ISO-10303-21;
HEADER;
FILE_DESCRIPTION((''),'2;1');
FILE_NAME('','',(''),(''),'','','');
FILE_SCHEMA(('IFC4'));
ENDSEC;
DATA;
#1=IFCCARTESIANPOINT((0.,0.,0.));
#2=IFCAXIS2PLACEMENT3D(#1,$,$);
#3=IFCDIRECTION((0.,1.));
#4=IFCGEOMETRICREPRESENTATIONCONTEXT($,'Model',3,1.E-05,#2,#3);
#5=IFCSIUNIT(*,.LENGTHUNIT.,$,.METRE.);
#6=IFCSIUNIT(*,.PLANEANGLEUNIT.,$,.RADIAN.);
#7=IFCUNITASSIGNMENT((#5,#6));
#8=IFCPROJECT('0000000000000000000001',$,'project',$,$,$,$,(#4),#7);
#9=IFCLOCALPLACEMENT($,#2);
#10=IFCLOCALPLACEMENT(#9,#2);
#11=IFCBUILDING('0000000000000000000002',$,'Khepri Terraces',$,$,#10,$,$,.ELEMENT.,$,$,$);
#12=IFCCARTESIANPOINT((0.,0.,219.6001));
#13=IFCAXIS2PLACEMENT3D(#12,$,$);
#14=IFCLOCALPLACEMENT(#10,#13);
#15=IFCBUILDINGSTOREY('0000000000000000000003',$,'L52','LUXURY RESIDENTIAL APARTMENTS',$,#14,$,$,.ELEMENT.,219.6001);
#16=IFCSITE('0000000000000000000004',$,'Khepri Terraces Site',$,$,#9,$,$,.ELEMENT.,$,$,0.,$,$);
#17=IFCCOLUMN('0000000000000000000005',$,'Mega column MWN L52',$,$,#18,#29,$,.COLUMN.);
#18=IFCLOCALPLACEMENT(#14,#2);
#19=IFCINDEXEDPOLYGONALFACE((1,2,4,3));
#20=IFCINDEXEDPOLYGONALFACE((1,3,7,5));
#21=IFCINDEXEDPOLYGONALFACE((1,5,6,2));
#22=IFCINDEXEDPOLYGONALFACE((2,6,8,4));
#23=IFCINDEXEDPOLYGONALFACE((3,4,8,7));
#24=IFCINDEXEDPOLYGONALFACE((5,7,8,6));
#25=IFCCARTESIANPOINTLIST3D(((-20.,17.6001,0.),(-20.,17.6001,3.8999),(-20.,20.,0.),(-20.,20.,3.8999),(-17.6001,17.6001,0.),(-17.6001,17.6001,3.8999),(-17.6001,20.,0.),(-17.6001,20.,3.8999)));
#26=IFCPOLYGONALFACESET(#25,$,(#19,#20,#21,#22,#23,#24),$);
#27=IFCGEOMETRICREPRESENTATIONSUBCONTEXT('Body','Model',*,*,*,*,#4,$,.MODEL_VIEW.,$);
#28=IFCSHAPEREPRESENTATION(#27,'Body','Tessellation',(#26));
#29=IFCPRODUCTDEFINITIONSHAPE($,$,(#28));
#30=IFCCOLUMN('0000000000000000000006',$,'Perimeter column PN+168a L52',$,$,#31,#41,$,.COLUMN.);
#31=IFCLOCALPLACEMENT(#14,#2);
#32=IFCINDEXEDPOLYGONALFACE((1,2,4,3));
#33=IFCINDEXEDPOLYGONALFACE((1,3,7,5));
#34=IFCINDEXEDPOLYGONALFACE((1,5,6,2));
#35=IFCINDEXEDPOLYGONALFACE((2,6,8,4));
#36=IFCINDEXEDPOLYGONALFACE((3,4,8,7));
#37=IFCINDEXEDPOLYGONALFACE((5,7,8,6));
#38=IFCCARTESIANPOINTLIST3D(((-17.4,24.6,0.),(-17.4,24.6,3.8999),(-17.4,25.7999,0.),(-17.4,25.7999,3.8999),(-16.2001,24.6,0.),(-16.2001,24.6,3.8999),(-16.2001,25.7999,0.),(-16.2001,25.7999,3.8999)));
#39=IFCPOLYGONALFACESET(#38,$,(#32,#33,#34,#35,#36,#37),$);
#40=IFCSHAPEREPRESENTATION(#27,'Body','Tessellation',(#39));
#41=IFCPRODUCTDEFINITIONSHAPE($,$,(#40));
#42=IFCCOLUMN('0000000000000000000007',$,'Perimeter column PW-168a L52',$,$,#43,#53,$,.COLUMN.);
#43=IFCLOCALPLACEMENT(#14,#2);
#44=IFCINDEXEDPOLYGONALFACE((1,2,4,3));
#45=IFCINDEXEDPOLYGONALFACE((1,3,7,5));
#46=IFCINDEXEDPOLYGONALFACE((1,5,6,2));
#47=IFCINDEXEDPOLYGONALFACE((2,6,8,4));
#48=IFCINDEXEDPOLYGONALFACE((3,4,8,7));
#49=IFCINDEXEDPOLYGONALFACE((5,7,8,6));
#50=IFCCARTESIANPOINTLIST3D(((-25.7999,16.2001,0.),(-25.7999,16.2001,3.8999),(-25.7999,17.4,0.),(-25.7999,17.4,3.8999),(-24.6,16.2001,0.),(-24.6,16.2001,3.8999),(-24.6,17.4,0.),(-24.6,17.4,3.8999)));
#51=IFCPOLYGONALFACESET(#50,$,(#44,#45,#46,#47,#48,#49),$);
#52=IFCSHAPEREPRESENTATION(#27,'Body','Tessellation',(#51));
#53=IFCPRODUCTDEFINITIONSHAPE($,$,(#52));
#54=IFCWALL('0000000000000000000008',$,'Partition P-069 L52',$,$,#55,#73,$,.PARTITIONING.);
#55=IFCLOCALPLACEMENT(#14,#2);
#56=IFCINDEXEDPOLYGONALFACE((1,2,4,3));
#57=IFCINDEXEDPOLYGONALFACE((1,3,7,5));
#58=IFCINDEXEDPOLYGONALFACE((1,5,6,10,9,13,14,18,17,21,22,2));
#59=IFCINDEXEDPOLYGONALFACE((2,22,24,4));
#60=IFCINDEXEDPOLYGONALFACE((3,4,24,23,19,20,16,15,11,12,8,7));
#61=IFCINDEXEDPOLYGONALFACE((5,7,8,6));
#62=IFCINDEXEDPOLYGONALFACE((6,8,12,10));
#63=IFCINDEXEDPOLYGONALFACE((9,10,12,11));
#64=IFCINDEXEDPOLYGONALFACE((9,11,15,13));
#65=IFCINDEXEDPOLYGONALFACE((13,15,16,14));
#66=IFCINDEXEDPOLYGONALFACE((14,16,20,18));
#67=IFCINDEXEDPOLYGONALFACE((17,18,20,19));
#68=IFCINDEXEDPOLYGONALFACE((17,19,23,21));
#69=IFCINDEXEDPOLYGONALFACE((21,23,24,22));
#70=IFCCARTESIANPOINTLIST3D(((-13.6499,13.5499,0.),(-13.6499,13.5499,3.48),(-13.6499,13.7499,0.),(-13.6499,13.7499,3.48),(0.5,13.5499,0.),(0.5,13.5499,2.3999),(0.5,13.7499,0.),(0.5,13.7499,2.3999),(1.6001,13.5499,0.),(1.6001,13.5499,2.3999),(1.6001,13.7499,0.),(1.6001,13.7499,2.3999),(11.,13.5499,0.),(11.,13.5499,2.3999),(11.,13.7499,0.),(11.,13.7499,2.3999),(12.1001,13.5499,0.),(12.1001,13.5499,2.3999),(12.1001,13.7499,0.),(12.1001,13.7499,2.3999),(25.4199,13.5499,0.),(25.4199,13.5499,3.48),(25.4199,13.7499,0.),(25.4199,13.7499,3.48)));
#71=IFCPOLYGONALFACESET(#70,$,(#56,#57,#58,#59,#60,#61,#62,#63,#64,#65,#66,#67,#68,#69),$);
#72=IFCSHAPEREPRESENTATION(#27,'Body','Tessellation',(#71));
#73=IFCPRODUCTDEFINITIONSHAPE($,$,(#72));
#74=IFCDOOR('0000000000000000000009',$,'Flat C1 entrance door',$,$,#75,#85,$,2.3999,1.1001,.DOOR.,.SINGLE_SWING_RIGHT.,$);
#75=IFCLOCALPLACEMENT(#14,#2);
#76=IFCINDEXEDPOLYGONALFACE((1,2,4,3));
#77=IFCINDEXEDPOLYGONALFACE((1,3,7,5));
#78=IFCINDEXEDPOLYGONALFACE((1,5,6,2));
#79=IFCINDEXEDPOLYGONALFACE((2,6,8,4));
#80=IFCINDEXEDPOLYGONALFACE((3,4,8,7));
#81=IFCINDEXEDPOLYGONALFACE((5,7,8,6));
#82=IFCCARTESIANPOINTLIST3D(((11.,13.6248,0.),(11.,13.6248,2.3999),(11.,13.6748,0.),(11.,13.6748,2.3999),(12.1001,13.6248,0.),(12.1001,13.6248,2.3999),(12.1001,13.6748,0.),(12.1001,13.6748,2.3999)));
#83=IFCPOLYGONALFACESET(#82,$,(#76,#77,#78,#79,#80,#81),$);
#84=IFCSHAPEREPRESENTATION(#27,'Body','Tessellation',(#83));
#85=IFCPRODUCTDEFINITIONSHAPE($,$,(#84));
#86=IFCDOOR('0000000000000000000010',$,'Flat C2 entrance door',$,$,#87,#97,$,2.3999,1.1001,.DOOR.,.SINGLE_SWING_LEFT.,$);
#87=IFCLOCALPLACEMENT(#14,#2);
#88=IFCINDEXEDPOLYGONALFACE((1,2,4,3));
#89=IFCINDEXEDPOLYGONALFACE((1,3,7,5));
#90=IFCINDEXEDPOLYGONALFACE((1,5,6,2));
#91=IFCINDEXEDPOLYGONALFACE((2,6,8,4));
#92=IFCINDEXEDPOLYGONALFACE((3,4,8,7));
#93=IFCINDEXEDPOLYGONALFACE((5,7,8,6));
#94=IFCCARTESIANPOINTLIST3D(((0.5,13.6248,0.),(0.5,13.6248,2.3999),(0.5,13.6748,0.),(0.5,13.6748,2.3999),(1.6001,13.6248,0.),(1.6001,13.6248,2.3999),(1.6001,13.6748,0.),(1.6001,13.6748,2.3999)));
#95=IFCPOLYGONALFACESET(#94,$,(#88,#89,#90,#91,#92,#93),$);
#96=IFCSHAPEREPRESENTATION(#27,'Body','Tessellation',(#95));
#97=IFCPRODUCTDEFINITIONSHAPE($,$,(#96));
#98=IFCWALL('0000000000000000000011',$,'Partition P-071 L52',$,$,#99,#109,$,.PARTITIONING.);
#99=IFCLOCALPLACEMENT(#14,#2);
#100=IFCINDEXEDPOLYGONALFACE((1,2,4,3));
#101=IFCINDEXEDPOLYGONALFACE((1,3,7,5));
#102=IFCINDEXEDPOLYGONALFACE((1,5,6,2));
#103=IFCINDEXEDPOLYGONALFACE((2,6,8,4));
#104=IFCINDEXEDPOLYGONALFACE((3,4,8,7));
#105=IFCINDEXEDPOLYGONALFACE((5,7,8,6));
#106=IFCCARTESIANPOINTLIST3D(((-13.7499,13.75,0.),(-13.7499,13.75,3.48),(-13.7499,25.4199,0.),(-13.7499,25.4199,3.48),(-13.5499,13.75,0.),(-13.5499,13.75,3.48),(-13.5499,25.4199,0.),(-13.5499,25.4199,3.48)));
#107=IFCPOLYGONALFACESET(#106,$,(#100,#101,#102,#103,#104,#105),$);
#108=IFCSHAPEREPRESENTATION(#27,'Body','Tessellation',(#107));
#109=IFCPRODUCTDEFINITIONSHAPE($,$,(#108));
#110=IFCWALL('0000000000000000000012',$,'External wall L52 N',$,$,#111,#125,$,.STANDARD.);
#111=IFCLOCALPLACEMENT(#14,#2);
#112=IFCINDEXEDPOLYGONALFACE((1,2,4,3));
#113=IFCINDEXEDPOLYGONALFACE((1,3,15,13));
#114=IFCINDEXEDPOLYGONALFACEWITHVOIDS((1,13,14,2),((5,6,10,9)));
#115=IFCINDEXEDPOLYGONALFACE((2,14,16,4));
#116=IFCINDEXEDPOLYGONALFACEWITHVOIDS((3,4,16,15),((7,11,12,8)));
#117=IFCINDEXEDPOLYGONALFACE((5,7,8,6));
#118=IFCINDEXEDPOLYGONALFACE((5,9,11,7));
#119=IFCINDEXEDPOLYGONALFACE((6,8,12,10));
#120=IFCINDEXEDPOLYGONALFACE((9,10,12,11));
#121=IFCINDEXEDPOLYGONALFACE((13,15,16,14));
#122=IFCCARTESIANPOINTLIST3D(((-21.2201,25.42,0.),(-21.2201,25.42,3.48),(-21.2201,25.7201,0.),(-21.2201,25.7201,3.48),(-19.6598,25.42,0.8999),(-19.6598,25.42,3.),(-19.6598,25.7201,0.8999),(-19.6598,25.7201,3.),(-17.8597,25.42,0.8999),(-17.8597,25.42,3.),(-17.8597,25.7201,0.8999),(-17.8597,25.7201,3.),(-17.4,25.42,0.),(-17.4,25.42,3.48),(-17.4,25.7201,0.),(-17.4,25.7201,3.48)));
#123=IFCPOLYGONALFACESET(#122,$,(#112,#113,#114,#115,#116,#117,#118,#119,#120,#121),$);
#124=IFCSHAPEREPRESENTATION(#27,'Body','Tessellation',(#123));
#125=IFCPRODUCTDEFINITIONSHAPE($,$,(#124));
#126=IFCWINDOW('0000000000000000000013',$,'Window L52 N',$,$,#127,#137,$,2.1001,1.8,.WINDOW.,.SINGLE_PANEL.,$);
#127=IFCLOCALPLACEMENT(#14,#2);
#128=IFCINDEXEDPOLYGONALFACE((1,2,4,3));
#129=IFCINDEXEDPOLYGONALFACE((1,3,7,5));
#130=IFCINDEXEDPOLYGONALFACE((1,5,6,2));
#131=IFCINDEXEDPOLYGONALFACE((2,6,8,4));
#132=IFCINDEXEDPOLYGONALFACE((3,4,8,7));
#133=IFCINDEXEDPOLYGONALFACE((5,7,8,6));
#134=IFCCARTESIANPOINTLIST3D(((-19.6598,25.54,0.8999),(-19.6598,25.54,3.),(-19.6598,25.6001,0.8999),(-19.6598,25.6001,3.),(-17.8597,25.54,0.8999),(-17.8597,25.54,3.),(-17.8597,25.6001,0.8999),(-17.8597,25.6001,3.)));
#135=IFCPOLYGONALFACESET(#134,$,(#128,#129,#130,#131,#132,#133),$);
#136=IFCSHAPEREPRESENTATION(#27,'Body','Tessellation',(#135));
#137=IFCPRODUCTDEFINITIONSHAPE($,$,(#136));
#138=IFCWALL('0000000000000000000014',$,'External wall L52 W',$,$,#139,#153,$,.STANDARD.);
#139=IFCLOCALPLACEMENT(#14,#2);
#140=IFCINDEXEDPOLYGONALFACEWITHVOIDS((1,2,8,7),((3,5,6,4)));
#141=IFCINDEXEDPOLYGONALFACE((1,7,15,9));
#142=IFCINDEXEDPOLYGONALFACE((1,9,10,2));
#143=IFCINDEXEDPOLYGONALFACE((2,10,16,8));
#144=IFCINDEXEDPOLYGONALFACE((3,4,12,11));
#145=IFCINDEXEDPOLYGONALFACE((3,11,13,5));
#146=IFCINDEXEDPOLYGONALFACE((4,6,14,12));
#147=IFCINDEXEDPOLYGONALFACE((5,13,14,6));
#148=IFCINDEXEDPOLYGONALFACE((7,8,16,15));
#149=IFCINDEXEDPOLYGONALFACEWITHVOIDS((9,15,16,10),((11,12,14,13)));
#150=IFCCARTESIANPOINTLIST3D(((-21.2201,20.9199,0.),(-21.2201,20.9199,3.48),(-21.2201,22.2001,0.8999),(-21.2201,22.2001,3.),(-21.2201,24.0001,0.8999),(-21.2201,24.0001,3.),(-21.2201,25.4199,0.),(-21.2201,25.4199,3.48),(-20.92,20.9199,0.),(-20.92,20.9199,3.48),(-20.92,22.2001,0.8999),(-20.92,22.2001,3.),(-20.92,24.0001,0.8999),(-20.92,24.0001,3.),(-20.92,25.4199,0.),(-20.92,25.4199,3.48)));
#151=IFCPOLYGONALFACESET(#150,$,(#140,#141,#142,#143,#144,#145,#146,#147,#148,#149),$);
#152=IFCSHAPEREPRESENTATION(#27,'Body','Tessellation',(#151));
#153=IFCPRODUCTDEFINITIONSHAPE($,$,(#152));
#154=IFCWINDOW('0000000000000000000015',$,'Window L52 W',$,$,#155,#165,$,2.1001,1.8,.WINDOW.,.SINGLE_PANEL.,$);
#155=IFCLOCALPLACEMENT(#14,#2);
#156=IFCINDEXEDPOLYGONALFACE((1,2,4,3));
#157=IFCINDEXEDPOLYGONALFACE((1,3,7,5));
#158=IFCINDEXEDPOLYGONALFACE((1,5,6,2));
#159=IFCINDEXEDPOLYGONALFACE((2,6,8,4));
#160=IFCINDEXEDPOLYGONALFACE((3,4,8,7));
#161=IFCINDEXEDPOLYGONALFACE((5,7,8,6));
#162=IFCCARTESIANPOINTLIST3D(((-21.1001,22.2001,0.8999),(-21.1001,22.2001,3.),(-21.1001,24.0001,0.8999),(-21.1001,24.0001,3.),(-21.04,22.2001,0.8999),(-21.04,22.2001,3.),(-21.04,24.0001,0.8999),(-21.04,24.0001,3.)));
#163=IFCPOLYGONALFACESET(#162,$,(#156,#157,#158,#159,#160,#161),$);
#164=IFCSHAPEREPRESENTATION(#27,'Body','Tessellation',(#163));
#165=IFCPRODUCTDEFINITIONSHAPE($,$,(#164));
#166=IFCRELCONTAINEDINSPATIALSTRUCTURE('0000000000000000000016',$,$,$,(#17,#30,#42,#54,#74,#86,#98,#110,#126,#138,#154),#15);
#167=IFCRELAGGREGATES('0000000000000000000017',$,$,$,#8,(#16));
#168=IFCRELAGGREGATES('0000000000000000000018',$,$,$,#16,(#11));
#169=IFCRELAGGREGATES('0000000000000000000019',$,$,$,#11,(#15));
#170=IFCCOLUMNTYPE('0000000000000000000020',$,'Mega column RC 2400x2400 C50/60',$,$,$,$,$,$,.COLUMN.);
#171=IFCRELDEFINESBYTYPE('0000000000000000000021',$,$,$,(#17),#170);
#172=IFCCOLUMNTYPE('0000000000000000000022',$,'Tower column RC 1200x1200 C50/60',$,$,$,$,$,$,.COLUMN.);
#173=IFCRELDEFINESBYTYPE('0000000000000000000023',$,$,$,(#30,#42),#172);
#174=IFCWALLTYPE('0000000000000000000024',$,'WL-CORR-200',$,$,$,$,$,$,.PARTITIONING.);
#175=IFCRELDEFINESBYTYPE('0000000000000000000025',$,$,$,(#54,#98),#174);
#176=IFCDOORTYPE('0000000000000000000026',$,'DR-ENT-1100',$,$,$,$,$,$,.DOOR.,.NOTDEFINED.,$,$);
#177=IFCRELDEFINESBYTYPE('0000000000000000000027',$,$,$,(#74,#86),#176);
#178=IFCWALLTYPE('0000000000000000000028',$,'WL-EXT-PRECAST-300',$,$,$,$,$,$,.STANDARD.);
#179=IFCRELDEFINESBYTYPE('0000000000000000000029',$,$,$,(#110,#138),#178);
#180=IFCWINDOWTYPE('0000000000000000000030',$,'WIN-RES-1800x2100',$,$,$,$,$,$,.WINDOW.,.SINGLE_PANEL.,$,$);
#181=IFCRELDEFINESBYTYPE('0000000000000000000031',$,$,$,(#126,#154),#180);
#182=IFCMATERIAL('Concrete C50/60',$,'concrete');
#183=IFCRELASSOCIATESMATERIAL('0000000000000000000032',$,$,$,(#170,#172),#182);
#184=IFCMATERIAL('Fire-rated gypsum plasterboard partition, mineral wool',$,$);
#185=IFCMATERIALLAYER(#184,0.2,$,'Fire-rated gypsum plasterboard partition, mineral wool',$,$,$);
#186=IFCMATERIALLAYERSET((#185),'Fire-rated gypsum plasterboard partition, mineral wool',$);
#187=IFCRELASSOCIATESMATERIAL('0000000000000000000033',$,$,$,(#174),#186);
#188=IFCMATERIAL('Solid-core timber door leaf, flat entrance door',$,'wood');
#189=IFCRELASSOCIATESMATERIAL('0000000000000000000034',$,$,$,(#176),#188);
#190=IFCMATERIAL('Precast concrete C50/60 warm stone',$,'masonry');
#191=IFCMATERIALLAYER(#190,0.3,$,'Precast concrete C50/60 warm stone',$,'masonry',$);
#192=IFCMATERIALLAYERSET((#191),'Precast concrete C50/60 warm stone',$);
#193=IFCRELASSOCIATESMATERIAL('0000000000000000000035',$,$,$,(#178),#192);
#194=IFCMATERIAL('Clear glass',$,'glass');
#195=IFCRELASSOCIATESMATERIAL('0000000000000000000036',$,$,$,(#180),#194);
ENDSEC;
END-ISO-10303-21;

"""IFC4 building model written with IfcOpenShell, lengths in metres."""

from ifc_helpers import new_model, si_unit, direction, frame, frame_2d, origin, origin_2d, place, context, subcontext, project, spatial, rectangle, extrude, material, layer, layer_set, material_profile, profile_set, type_object, element, fill, save


model = new_model("IFC4")

# Units and contexts
model_context = context("Model", 3, precision=1e-05, world=origin(), true_north=direction((0.0, 1.0)))
body_context = subcontext(model_context, "Body", "Model", "MODEL_VIEW")
ifc_project = project(units=[si_unit("LENGTHUNIT", "METRE"), si_unit("PLANEANGLEUNIT", "RADIAN")], contexts=[model_context])

# Site, building, storey
site_placement = place(None, origin())
site = spatial("IfcSite", under=ifc_project, at=site_placement, Name="Khepri Terraces Site", CompositionType="ELEMENT", RefElevation=0.0)
building_placement = place(site_placement, origin())
building = spatial("IfcBuilding", under=site, at=building_placement, Name="Khepri Terraces", CompositionType="ELEMENT")
storey_placement = place(building_placement, frame((0.0, 0.0, 219.6001)))
storey = spatial("IfcBuildingStorey", under=building, at=storey_placement, Name="L52", Description="LUXURY RESIDENTIAL APARTMENTS", CompositionType="ELEMENT", Elevation=219.6001)

# Columns
ifc_material_1 = material(Name="Concrete C50/60", Category="concrete")
ifc_material_profile_1 = material_profile(ifc_material_1, rectangle(XDim=2.3999, YDim=2.3999, at=origin_2d()), Name="Concrete C50/60", Category="concrete")
ifc_profile_set_1 = profile_set([ifc_material_profile_1], Name="Concrete C50/60")
column_type_1 = type_object("IfcColumnType", Name="Mega column RC 2400x2400 C50/60", PredefinedType="COLUMN", material=ifc_profile_set_1)
column_placement = place(storey_placement, frame((-18.8, 18.8, 0.0), z_axis=(0.0, 0.0, 1.0), x_axis=(1.0, 0.0, 0.0)))
element("IfcColumn", 1, at=column_placement, inside=storey, type_object=column_type_1, Name="Mega column MWN L52", PredefinedType="COLUMN", context=body_context, shape_type="SweptSolid", body=[
    extrude(rectangle(XDim=2.3999, YDim=2.3999, at=origin_2d()), origin(), (0.0, 0.0, 1.0), 3.8999),
])
ifc_material_profile_2 = material_profile(ifc_material_1, rectangle(XDim=1.2, YDim=1.2, at=origin_2d()), Name="Concrete C50/60", Category="concrete")
ifc_profile_set_2 = profile_set([ifc_material_profile_2], Name="Concrete C50/60")
column_type_2 = type_object("IfcColumnType", Name="Tower column RC 1200x1200 C50/60", PredefinedType="COLUMN", material=ifc_profile_set_2)
for number, where, z_axis, x_axis, name in (
    (2, (-16.8, 25.2, 0.0), (0.0, 0.0, 1.0), (1.0, 0.0, 0.0), "Perimeter column PN+168a L52"),
    (3, (-25.2, 16.8, 0.0), (0.0, 0.0, 1.0), (1.0, 0.0, 0.0), "Perimeter column PW-168a L52"),
):
    element("IfcColumn", number, at=place(storey_placement, frame(where, z_axis=z_axis, x_axis=x_axis)), inside=storey, type_object=column_type_2, Name=name, PredefinedType="COLUMN", context=body_context, shape_type="SweptSolid", body=[
        extrude(rectangle(XDim=1.2, YDim=1.2, at=origin_2d()), origin(), (0.0, 0.0, 1.0), 3.8999),
    ])

# Wall, openings, doors
ifc_material_2 = material(Name="Fire-rated gypsum plasterboard partition, mineral wool")
ifc_layer_1 = layer(ifc_material_2, 0.2, Name="Fire-rated gypsum plasterboard partition, mineral wool")
ifc_layer_set_1 = layer_set([ifc_layer_1], Name="Fire-rated gypsum plasterboard partition, mineral wool")
wall_type_1 = type_object("IfcWallType", Name="WL-CORR-200", PredefinedType="PARTITIONING", material=ifc_layer_set_1)
wall_1_placement = place(storey_placement, frame((-13.6499, 13.6499, 0.0), z_axis=(0.0, 0.0, 1.0), x_axis=(1.0, 0.0, 0.0)))
wall_1 = element("IfcWall", 4, at=wall_1_placement, inside=storey, type_object=wall_type_1, Name="Partition P-069 L52", PredefinedType="PARTITIONING", context=body_context, shape_type="SweptSolid", body=[
    extrude(rectangle(XDim=39.0698, YDim=0.2, at=frame_2d((19.5349, 0.0))), origin(), (0.0, 0.0, 1.0), 3.48),
])
opening_1_placement = place(wall_1_placement, frame((24.6499, 0.0, 0.0)))
opening_1 = element("IfcOpeningElement", 5, at=opening_1_placement, cuts=wall_1, PredefinedType="OPENING", context=body_context, shape_type="SweptSolid", body=[
    extrude(rectangle(XDim=1.1001, YDim=2.3999, at=frame_2d((0.55, 1.2))), frame((0.0, 0.1099, 0.0), z_axis=(0.0, -1.0, 0.0), x_axis=(1.0, 0.0, 0.0)), (0.0, 0.0, 1.0), 0.22),
])
opening_2_placement = place(wall_1_placement, frame((14.1499, 0.0, 0.0)))
opening_2 = element("IfcOpeningElement", 6, at=opening_2_placement, cuts=wall_1, PredefinedType="OPENING", context=body_context, shape_type="SweptSolid", body=[
    extrude(rectangle(XDim=1.1001, YDim=2.3999, at=frame_2d((0.55, 1.2))), frame((0.0, 0.1099, 0.0), z_axis=(0.0, -1.0, 0.0), x_axis=(1.0, 0.0, 0.0)), (0.0, 0.0, 1.0), 0.22),
])
ifc_material_3 = material(Name="Solid-core timber door leaf, flat entrance door", Category="wood")
door_type_1 = type_object("IfcDoorType", Name="DR-ENT-1100", OperationType="NOTDEFINED", PredefinedType="DOOR", material=ifc_material_3)
door_1_placement = place(opening_1_placement, origin())
door_1 = element("IfcDoor", 7, at=door_1_placement, inside=storey, type_object=door_type_1, Name="Flat C1 entrance door", OperationType="SINGLE_SWING_RIGHT", OverallHeight=2.3999, OverallWidth=1.1001, PredefinedType="DOOR", context=body_context, shape_type="SweptSolid", body=[
    extrude(rectangle(XDim=1.1001, YDim=2.3999, at=frame_2d((0.55, 1.2))), frame((0.0, 0.0249, 0.0), z_axis=(0.0, -1.0, 0.0), x_axis=(1.0, 0.0, 0.0)), (0.0, 0.0, 1.0), 0.05),
])
fill(opening_1, door_1)
door_2_placement = place(opening_2_placement, origin())
door_2 = element("IfcDoor", 8, at=door_2_placement, inside=storey, type_object=door_type_1, Name="Flat C2 entrance door", OperationType="SINGLE_SWING_LEFT", OverallHeight=2.3999, OverallWidth=1.1001, PredefinedType="DOOR", context=body_context, shape_type="SweptSolid", body=[
    extrude(rectangle(XDim=1.1001, YDim=2.3999, at=frame_2d((0.55, 1.2))), frame((0.0, 0.0249, 0.0), z_axis=(0.0, -1.0, 0.0), x_axis=(1.0, 0.0, 0.0)), (0.0, 0.0, 1.0), 0.05),
])
fill(opening_2, door_2)

# Wall
wall_2_placement = place(storey_placement, frame((-13.6499, 13.75, 0.0), z_axis=(0.0, 0.0, 1.0), x_axis=(0.0, 1.0, 0.0)))
element("IfcWall", 9, at=wall_2_placement, inside=storey, type_object=wall_type_1, Name="Partition P-071 L52", PredefinedType="PARTITIONING", context=body_context, shape_type="SweptSolid", body=[
    extrude(rectangle(XDim=11.6699, YDim=0.2, at=frame_2d((5.835, 0.0))), origin(), (0.0, 0.0, 1.0), 3.48),
])

# Walls, openings, windows
ifc_material_4 = material(Name="Precast concrete C50/60 warm stone", Category="masonry")
ifc_layer_2 = layer(ifc_material_4, 0.3, Name="Precast concrete C50/60 warm stone", Category="masonry")
ifc_layer_set_2 = layer_set([ifc_layer_2], Name="Precast concrete C50/60 warm stone")
wall_type_2 = type_object("IfcWallType", Name="WL-EXT-PRECAST-300", PredefinedType="STANDARD", material=ifc_layer_set_2)
wall_3_placement = place(storey_placement, frame((-17.3999, 25.5701, 0.0), z_axis=(0.0, 0.0, 1.0), x_axis=(-1.0, 0.0, 0.0)))
wall_3 = element("IfcWall", 10, at=wall_3_placement, inside=storey, type_object=wall_type_2, Name="External wall L52 N", PredefinedType="STANDARD", context=body_context, shape_type="SweptSolid", body=[
    extrude(rectangle(XDim=3.8201, YDim=0.3, at=frame_2d((1.9102, 0.0))), origin(), (0.0, 0.0, 1.0), 3.48),
])
opening_3_placement = place(wall_3_placement, frame((0.46, 0.0, 0.8999)))
opening_3 = element("IfcOpeningElement", 11, at=opening_3_placement, cuts=wall_3, PredefinedType="OPENING", context=body_context, shape_type="SweptSolid", body=[
    extrude(rectangle(XDim=1.8, YDim=2.1001, at=frame_2d((0.8999, 1.05))), frame((0.0, 0.1602, 0.0), z_axis=(0.0, -1.0, 0.0), x_axis=(1.0, 0.0, 0.0)), (0.0, 0.0, 1.0), 0.3201),
])
ifc_material_5 = material(Name="Clear glass", Category="glass")
window_type = type_object("IfcWindowType", Name="WIN-RES-1800x2100", PartitioningType="SINGLE_PANEL", PredefinedType="WINDOW", material=ifc_material_5)
window_1_placement = place(opening_3_placement, origin())
window_1 = element("IfcWindow", 12, at=window_1_placement, inside=storey, type_object=window_type, Name="Window L52 N", OverallHeight=2.1001, OverallWidth=1.8, PartitioningType="SINGLE_PANEL", PredefinedType="WINDOW", context=body_context, shape_type="SweptSolid", body=[
    extrude(rectangle(XDim=1.8, YDim=2.1001, at=frame_2d((0.8999, 1.05))), frame((0.0, 0.03, 0.0), z_axis=(0.0, -1.0, 0.0), x_axis=(1.0, 0.0, 0.0)), (0.0, 0.0, 1.0), 0.0601),
])
fill(opening_3, window_1)
wall_4_placement = place(storey_placement, frame((-21.0701, 25.4199, 0.0), z_axis=(0.0, 0.0, 1.0), x_axis=(0.0, -1.0, 0.0)))
wall_4 = element("IfcWall", 13, at=wall_4_placement, inside=storey, type_object=wall_type_2, Name="External wall L52 W", PredefinedType="STANDARD", context=body_context, shape_type="SweptSolid", body=[
    extrude(rectangle(XDim=4.5, YDim=0.3, at=frame_2d((2.25, 0.0))), origin(), (0.0, 0.0, 1.0), 3.48),
])
opening_4_placement = place(wall_4_placement, frame((1.4199, 0.0, 0.8999)))
opening_4 = element("IfcOpeningElement", 14, at=opening_4_placement, cuts=wall_4, PredefinedType="OPENING", context=body_context, shape_type="SweptSolid", body=[
    extrude(rectangle(XDim=1.8, YDim=2.1001, at=frame_2d((0.8999, 1.05))), frame((0.0, 0.1602, 0.0), z_axis=(0.0, -1.0, 0.0), x_axis=(1.0, 0.0, 0.0)), (0.0, 0.0, 1.0), 0.3201),
])
window_2_placement = place(opening_4_placement, origin())
window_2 = element("IfcWindow", 15, at=window_2_placement, inside=storey, type_object=window_type, Name="Window L52 W", OverallHeight=2.1001, OverallWidth=1.8, PartitioningType="SINGLE_PANEL", PredefinedType="WINDOW", context=body_context, shape_type="SweptSolid", body=[
    extrude(rectangle(XDim=1.8, YDim=2.1001, at=frame_2d((0.8999, 1.05))), frame((0.0, 0.03, 0.0), z_axis=(0.0, -1.0, 0.0), x_axis=(1.0, 0.0, 0.0)), (0.0, 0.0, 1.0), 0.0601),
])
fill(opening_4, window_2)

save(model, "model.ifc")
